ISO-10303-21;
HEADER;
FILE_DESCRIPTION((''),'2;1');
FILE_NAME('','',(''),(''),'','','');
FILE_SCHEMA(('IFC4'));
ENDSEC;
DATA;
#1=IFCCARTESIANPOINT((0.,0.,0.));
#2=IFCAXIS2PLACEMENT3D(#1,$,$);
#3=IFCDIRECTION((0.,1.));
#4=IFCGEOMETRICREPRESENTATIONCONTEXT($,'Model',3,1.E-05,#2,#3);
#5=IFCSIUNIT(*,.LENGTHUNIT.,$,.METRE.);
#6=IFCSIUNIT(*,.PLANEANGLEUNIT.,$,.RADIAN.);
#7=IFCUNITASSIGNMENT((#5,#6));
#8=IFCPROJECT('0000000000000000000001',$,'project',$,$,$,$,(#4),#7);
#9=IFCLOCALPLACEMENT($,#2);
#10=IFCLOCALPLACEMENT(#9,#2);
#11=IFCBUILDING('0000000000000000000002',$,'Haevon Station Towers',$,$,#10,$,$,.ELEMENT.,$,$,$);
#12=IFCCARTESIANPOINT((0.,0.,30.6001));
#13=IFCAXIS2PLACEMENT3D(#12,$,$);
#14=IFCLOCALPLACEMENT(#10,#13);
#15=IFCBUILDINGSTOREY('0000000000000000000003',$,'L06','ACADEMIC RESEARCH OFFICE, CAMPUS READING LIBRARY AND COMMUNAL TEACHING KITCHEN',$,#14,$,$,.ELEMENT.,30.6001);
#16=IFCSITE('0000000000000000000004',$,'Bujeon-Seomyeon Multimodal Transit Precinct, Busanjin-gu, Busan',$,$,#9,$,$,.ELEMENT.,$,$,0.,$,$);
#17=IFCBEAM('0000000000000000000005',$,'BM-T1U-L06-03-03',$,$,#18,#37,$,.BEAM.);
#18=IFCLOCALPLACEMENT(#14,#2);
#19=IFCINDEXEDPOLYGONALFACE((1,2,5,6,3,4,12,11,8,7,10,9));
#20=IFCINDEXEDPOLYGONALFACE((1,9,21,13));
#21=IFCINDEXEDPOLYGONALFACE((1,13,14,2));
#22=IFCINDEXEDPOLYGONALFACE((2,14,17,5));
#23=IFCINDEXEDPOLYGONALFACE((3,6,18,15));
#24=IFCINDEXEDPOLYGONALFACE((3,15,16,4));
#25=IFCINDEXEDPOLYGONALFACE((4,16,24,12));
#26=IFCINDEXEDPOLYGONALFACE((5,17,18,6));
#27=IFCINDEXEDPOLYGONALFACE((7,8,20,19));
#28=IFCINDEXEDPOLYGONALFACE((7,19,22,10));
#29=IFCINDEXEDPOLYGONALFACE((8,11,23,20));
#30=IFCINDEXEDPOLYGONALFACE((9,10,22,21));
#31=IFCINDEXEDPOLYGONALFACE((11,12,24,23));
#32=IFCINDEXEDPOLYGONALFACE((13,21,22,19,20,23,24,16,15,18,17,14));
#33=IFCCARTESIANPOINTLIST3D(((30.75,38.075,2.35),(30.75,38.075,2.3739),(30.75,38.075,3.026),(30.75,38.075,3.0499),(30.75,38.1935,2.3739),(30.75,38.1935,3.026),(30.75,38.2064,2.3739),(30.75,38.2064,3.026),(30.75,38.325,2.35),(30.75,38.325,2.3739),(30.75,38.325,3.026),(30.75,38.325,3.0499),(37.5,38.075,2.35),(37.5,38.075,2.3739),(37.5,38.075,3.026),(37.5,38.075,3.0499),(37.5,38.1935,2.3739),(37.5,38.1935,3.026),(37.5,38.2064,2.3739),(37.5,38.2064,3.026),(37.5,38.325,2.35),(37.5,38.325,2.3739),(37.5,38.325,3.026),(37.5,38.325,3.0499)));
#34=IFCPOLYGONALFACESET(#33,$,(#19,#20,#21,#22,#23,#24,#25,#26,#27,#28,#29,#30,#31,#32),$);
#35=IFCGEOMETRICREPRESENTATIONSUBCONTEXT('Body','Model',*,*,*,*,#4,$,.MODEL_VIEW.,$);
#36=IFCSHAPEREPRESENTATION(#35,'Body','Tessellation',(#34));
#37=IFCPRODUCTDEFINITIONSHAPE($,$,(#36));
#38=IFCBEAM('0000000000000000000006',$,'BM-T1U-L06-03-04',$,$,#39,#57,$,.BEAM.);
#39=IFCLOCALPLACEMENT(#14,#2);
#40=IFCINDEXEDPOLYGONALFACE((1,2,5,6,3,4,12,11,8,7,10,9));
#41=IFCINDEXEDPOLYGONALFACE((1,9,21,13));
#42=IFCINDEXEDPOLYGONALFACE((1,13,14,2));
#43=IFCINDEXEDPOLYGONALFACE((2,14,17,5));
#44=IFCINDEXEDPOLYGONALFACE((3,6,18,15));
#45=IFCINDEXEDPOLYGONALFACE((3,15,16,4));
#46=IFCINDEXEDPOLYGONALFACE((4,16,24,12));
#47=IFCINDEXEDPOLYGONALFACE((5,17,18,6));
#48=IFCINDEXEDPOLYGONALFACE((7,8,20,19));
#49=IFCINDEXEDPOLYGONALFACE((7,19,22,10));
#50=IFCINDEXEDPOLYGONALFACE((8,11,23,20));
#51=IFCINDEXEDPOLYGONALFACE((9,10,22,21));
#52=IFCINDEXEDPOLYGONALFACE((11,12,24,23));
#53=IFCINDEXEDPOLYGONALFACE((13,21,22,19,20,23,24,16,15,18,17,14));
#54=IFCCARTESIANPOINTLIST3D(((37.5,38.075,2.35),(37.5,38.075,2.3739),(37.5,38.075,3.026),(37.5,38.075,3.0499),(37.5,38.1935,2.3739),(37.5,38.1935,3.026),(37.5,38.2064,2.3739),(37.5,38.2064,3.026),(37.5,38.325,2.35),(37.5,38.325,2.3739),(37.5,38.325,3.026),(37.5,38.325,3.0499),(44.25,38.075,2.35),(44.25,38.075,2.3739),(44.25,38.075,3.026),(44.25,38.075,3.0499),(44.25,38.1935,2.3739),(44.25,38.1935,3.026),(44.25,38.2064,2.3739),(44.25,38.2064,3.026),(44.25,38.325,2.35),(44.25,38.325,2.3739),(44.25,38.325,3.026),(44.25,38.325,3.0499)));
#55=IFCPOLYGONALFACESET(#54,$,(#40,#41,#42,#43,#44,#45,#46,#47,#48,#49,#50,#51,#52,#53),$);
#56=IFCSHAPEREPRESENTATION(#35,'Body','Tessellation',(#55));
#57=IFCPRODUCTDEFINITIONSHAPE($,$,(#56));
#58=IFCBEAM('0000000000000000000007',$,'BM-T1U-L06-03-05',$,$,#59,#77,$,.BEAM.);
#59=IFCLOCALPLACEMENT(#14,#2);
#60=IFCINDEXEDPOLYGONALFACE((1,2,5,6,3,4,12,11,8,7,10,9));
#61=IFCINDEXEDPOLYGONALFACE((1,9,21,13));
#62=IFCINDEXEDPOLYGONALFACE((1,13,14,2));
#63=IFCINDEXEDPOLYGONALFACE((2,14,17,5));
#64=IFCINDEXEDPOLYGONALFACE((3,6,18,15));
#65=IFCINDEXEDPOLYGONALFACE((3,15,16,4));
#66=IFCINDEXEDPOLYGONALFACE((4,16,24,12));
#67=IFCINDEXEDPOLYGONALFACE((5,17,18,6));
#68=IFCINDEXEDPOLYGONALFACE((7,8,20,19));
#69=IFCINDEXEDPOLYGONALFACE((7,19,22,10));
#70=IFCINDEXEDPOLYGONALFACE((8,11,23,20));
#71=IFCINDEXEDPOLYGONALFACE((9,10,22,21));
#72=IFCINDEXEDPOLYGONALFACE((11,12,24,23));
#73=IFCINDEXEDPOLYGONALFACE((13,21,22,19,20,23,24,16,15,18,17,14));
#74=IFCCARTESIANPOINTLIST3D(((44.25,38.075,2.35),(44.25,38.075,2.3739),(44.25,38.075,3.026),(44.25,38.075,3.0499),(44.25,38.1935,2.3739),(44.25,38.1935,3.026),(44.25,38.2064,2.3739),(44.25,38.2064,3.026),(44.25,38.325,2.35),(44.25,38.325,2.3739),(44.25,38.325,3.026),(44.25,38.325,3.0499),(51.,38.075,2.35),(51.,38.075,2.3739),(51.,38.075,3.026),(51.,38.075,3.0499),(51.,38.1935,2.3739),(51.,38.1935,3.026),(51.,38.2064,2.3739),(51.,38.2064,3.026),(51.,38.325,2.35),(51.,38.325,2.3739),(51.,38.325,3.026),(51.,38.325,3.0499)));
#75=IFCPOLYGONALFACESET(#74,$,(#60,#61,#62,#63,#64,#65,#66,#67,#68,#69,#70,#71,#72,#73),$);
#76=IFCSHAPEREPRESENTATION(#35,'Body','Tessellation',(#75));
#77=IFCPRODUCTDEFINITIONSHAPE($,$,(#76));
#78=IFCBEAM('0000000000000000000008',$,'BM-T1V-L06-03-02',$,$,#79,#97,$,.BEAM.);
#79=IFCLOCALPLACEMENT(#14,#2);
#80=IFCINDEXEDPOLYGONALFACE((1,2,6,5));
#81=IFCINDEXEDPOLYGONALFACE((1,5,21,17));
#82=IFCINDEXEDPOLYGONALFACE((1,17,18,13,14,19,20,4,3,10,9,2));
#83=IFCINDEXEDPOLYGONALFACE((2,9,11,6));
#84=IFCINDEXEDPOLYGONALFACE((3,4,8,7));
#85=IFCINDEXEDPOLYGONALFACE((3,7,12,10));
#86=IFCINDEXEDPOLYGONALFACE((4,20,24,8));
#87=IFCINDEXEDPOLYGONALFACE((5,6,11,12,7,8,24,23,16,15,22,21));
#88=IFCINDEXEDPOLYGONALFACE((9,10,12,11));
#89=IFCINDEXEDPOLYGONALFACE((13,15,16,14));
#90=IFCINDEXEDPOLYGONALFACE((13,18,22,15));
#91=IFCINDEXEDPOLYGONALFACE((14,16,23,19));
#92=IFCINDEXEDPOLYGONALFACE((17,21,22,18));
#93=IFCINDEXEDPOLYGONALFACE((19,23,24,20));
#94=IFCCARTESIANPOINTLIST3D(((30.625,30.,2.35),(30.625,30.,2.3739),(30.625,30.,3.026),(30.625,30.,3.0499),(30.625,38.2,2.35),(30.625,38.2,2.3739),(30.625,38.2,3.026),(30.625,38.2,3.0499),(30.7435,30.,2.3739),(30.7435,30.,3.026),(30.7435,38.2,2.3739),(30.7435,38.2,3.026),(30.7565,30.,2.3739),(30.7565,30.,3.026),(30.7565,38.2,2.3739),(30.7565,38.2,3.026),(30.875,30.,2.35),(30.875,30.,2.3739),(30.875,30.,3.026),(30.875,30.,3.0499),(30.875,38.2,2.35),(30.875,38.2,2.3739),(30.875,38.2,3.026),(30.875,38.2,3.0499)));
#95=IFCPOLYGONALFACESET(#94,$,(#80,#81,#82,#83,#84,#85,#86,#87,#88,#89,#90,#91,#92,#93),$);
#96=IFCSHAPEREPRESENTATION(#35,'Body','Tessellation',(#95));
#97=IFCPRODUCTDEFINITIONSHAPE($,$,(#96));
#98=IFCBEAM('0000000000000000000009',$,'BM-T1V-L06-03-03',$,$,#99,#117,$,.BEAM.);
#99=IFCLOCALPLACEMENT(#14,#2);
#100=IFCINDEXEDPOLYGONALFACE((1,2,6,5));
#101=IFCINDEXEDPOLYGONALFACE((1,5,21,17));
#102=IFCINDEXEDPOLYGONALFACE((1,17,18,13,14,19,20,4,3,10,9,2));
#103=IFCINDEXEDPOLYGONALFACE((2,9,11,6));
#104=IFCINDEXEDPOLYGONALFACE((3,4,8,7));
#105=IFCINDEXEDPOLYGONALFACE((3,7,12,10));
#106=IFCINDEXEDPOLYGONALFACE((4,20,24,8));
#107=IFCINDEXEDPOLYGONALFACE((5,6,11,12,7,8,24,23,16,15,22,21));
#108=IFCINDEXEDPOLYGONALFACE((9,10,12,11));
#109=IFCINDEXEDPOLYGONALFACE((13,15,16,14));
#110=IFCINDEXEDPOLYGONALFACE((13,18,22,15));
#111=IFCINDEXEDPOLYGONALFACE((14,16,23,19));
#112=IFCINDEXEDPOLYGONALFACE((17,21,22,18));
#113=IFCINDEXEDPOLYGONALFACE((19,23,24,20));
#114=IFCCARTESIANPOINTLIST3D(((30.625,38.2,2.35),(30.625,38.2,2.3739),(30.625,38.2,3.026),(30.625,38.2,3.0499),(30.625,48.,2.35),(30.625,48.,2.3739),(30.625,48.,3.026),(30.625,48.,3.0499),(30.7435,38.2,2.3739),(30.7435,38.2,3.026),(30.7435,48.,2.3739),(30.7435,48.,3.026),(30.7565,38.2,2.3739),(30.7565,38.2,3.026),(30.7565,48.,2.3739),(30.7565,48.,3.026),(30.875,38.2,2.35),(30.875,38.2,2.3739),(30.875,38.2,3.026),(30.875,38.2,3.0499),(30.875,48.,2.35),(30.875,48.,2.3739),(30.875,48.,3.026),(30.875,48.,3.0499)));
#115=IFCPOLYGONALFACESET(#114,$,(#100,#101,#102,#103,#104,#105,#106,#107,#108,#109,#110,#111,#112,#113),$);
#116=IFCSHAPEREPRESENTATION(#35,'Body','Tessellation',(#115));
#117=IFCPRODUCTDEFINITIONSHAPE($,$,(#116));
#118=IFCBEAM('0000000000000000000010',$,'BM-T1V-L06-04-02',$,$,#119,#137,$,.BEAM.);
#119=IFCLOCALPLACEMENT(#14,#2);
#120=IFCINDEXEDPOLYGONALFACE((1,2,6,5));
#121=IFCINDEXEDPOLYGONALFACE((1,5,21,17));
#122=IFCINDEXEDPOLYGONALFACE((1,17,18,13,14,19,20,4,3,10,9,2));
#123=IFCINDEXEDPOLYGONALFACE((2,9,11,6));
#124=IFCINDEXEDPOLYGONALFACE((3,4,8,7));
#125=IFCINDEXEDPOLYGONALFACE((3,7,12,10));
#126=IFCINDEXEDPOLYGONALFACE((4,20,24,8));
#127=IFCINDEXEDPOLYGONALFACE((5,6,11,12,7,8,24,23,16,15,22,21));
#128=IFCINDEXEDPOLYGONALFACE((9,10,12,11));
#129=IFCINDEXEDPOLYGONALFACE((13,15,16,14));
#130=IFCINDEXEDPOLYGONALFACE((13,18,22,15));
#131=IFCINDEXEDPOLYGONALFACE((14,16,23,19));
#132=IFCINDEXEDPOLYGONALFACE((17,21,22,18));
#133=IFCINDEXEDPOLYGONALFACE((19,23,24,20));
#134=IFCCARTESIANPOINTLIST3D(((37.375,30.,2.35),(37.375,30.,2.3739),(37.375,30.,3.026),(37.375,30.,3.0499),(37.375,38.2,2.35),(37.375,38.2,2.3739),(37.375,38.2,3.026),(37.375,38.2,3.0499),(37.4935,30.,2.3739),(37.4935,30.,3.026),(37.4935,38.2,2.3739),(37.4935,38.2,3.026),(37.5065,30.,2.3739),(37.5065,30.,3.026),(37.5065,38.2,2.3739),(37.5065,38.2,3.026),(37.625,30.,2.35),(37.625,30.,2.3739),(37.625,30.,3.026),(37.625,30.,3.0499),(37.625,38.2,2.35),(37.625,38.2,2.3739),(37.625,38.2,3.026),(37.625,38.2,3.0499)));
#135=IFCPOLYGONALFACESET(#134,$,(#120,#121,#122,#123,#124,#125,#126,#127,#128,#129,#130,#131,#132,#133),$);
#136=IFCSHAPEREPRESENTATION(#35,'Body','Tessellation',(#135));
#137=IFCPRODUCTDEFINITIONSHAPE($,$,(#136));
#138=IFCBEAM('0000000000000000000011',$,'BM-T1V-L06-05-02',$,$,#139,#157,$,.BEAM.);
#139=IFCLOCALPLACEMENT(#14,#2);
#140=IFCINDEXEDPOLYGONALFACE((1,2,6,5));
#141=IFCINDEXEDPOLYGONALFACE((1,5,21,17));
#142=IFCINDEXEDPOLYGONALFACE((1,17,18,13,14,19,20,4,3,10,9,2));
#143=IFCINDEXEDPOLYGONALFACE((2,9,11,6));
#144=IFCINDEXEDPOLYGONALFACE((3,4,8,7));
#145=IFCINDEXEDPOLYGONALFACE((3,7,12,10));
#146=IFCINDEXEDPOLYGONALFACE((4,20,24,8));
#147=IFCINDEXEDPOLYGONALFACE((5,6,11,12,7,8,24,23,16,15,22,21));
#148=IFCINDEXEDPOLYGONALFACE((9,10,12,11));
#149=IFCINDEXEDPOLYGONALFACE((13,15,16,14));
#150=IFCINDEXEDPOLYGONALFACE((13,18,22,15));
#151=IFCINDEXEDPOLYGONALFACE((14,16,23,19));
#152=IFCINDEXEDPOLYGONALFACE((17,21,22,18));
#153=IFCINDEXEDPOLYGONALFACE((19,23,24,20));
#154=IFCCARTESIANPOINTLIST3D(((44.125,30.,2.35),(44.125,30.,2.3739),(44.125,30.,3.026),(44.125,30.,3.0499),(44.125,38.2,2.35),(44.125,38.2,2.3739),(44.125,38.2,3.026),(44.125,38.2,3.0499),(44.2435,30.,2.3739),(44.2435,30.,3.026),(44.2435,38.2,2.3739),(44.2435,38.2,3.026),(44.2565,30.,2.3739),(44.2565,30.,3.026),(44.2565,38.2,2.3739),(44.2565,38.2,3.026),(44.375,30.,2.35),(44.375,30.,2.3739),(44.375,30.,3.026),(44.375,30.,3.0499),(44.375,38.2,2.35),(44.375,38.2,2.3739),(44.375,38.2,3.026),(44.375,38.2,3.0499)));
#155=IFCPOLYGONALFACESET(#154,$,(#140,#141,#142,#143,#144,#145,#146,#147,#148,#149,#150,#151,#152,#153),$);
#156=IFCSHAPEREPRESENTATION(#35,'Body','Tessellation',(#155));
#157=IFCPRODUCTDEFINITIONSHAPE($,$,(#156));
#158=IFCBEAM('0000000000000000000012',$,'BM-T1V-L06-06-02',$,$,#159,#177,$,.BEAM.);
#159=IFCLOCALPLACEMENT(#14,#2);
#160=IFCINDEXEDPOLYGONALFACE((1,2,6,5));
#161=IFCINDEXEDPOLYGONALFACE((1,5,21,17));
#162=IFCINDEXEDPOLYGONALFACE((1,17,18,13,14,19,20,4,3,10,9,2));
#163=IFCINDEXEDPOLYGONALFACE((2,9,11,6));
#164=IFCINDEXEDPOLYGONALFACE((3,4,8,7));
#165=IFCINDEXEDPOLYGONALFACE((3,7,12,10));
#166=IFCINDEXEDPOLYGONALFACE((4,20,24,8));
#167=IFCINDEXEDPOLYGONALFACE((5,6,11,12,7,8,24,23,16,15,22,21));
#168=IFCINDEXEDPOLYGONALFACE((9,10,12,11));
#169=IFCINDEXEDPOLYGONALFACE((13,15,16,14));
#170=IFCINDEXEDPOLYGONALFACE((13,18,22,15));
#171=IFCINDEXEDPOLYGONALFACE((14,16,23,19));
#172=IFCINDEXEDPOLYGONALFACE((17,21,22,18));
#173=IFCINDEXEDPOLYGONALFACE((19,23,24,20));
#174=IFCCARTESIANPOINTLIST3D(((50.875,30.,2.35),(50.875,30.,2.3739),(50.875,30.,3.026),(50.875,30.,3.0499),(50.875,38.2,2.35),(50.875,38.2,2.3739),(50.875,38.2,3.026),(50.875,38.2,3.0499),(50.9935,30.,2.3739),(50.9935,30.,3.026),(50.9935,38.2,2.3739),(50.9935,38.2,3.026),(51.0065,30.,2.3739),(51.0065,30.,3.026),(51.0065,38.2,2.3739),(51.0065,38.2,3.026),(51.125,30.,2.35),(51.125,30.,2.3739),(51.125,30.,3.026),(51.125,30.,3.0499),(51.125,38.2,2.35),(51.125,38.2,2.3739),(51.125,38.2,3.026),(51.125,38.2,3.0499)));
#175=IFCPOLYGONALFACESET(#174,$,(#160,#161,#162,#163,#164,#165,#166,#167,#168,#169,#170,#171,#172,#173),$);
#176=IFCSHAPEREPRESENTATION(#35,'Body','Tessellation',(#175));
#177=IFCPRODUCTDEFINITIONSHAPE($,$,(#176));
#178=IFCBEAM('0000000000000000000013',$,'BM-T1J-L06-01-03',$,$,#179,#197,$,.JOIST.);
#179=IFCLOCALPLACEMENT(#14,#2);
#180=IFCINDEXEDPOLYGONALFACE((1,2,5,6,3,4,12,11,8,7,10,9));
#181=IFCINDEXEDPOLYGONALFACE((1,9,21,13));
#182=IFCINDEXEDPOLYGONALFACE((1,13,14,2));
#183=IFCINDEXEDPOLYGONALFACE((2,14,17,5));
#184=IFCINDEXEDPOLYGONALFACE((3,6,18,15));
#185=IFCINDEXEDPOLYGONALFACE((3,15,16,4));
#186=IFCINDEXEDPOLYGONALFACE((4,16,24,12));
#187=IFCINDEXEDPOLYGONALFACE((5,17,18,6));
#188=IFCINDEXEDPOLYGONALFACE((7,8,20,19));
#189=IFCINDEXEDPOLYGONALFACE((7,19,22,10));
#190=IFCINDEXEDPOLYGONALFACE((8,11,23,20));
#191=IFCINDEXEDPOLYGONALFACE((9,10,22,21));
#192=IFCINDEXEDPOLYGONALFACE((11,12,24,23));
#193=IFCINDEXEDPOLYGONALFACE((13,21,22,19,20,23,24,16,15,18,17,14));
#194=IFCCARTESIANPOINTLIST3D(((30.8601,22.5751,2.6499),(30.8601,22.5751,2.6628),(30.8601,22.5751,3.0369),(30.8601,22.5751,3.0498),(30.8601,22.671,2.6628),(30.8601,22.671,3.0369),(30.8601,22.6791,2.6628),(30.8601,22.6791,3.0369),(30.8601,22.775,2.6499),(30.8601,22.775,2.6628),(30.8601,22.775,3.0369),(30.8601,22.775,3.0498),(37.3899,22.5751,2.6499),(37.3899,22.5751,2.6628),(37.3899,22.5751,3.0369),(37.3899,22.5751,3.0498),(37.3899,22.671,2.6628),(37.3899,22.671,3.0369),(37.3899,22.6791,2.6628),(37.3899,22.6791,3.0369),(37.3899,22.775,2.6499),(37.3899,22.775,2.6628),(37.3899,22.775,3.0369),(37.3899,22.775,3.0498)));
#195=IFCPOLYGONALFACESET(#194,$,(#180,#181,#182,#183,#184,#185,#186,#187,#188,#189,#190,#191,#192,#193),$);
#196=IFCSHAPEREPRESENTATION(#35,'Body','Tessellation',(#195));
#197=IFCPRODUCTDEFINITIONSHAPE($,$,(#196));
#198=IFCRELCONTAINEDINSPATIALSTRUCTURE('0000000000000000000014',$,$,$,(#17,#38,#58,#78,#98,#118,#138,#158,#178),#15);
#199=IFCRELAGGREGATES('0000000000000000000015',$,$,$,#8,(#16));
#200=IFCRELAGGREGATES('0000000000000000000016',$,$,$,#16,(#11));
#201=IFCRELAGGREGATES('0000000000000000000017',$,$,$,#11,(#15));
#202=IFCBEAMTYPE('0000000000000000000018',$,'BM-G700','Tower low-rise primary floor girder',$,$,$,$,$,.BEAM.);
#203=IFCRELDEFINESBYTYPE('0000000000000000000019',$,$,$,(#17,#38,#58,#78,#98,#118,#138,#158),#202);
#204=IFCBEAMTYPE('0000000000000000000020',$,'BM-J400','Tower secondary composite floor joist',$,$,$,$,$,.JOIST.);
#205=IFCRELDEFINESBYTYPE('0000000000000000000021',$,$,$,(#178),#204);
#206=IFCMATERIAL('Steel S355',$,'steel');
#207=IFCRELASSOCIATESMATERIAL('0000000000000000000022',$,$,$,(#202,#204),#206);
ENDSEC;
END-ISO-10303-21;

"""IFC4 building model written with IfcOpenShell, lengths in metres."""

from ifc_helpers import new_model, si_unit, direction, frame, origin, origin_2d, place, context, subcontext, project, spatial, i_section, extrude, material, material_profile, profile_set, type_object, element, save


model = new_model("IFC4")

# Units and contexts
model_context = context("Model", 3, precision=1e-05, world=origin(), true_north=direction((0.0, 1.0)))
body_context = subcontext(model_context, "Body", "Model", "MODEL_VIEW")
ifc_project = project(units=[si_unit("LENGTHUNIT", "METRE"), si_unit("PLANEANGLEUNIT", "RADIAN")], contexts=[model_context])

# Site, building, storey
site_placement = place(None, origin())
site = spatial("IfcSite", under=ifc_project, at=site_placement, Name="Bujeon-Seomyeon Multimodal Transit Precinct, Busanjin-gu, Busan", CompositionType="ELEMENT", RefElevation=0.0)
building_placement = place(site_placement, origin())
building = spatial("IfcBuilding", under=site, at=building_placement, Name="Haevon Station Towers", CompositionType="ELEMENT")
storey_placement = place(building_placement, frame((0.0, 0.0, 30.6001)))
storey = spatial("IfcBuildingStorey", under=building, at=storey_placement, Name="L06", Description="ACADEMIC RESEARCH OFFICE, CAMPUS READING LIBRARY AND COMMUNAL TEACHING KITCHEN", CompositionType="ELEMENT", Elevation=30.6001)

# Beams
ifc_material_1 = material(Name="Steel S355", Category="steel")
ifc_material_profile_1 = material_profile(ifc_material_1, i_section(OverallWidth=0.25, OverallDepth=0.7, WebThickness=0.0129, FlangeThickness=0.0239, at=origin_2d()), Name="H-700x250x13x24")
ifc_profile_set_1 = profile_set([ifc_material_profile_1], Name="Steel S355")
beam_type_1 = type_object("IfcBeamType", Name="BM-G700", Description="Tower low-rise primary floor girder", PredefinedType="BEAM", material=ifc_profile_set_1)
for number, where, z_axis, x_axis, name in (
    (1, (30.75, 38.2, 2.7), (1.0, 0.0, 0.0), (0.0, 1.0, 0.0), "BM-T1U-L06-03-03"),
    (2, (37.5, 38.2, 2.7), (1.0, 0.0, 0.0), (0.0, 1.0, 0.0), "BM-T1U-L06-03-04"),
    (3, (44.25, 38.2, 2.7), (1.0, 0.0, 0.0), (0.0, 1.0, 0.0), "BM-T1U-L06-03-05"),
):
    element("IfcBeam", number, at=place(storey_placement, frame(where, z_axis=z_axis, x_axis=x_axis)), inside=storey, type_object=beam_type_1, Name=name, PredefinedType="BEAM", context=body_context, shape_type="SweptSolid", body=[
        extrude(i_section(OverallWidth=0.25, OverallDepth=0.7, WebThickness=0.0129, FlangeThickness=0.0239, at=origin_2d()), origin(), (0.0, 0.0, 1.0), 6.75),
    ])
beam_1_placement = place(storey_placement, frame((30.75, 30.0, 2.7), z_axis=(0.0, 1.0, 0.0), x_axis=(-1.0, 0.0, 0.0)))
element("IfcBeam", 4, at=beam_1_placement, inside=storey, type_object=beam_type_1, Name="BM-T1V-L06-03-02", PredefinedType="BEAM", context=body_context, shape_type="SweptSolid", body=[
    extrude(i_section(OverallWidth=0.25, OverallDepth=0.7, WebThickness=0.0129, FlangeThickness=0.0239, at=origin_2d()), origin(), (0.0, 0.0, 1.0), 8.2),
])
beam_2_placement = place(storey_placement, frame((30.75, 38.2, 2.7), z_axis=(0.0, 1.0, 0.0), x_axis=(-1.0, 0.0, 0.0)))
element("IfcBeam", 5, at=beam_2_placement, inside=storey, type_object=beam_type_1, Name="BM-T1V-L06-03-03", PredefinedType="BEAM", context=body_context, shape_type="SweptSolid", body=[
    extrude(i_section(OverallWidth=0.25, OverallDepth=0.7, WebThickness=0.0129, FlangeThickness=0.0239, at=origin_2d()), origin(), (0.0, 0.0, 1.0), 9.8),
])
for number, where, z_axis, x_axis, name in (
    (6, (37.5, 30.0, 2.7), (0.0, 1.0, 0.0), (-1.0, 0.0, 0.0), "BM-T1V-L06-04-02"),
    (7, (44.25, 30.0, 2.7), (0.0, 1.0, 0.0), (-1.0, 0.0, 0.0), "BM-T1V-L06-05-02"),
    (8, (51.0, 30.0, 2.7), (0.0, 1.0, 0.0), (-1.0, 0.0, 0.0), "BM-T1V-L06-06-02"),
):
    element("IfcBeam", number, at=place(storey_placement, frame(where, z_axis=z_axis, x_axis=x_axis)), inside=storey, type_object=beam_type_1, Name=name, PredefinedType="BEAM", context=body_context, shape_type="SweptSolid", body=[
        extrude(i_section(OverallWidth=0.25, OverallDepth=0.7, WebThickness=0.0129, FlangeThickness=0.0239, at=origin_2d()), origin(), (0.0, 0.0, 1.0), 8.2),
    ])
ifc_material_profile_2 = material_profile(ifc_material_1, i_section(OverallWidth=0.2, OverallDepth=0.3999, WebThickness=0.0081, FlangeThickness=0.0129, at=origin_2d()), Name="H-400x200x8x13")
ifc_profile_set_2 = profile_set([ifc_material_profile_2], Name="Steel S355")
beam_type_2 = type_object("IfcBeamType", Name="BM-J400", Description="Tower secondary composite floor joist", PredefinedType="JOIST", material=ifc_profile_set_2)
for number, where, z_axis, x_axis, name in (
    (9, (30.8601, 22.675, 2.8499), (1.0, 0.0, 0.0), (0.0, 1.0, 0.0), "BM-T1J-L06-01-03"),
):
    element("IfcBeam", number, at=place(storey_placement, frame(where, z_axis=z_axis, x_axis=x_axis)), inside=storey, type_object=beam_type_2, Name=name, PredefinedType="JOIST", context=body_context, shape_type="SweptSolid", body=[
        extrude(i_section(OverallWidth=0.2, OverallDepth=0.3999, WebThickness=0.0081, FlangeThickness=0.0129, at=origin_2d()), origin(), (0.0, 0.0, 1.0), 6.5298),
    ])

save(model, "model.ifc")
